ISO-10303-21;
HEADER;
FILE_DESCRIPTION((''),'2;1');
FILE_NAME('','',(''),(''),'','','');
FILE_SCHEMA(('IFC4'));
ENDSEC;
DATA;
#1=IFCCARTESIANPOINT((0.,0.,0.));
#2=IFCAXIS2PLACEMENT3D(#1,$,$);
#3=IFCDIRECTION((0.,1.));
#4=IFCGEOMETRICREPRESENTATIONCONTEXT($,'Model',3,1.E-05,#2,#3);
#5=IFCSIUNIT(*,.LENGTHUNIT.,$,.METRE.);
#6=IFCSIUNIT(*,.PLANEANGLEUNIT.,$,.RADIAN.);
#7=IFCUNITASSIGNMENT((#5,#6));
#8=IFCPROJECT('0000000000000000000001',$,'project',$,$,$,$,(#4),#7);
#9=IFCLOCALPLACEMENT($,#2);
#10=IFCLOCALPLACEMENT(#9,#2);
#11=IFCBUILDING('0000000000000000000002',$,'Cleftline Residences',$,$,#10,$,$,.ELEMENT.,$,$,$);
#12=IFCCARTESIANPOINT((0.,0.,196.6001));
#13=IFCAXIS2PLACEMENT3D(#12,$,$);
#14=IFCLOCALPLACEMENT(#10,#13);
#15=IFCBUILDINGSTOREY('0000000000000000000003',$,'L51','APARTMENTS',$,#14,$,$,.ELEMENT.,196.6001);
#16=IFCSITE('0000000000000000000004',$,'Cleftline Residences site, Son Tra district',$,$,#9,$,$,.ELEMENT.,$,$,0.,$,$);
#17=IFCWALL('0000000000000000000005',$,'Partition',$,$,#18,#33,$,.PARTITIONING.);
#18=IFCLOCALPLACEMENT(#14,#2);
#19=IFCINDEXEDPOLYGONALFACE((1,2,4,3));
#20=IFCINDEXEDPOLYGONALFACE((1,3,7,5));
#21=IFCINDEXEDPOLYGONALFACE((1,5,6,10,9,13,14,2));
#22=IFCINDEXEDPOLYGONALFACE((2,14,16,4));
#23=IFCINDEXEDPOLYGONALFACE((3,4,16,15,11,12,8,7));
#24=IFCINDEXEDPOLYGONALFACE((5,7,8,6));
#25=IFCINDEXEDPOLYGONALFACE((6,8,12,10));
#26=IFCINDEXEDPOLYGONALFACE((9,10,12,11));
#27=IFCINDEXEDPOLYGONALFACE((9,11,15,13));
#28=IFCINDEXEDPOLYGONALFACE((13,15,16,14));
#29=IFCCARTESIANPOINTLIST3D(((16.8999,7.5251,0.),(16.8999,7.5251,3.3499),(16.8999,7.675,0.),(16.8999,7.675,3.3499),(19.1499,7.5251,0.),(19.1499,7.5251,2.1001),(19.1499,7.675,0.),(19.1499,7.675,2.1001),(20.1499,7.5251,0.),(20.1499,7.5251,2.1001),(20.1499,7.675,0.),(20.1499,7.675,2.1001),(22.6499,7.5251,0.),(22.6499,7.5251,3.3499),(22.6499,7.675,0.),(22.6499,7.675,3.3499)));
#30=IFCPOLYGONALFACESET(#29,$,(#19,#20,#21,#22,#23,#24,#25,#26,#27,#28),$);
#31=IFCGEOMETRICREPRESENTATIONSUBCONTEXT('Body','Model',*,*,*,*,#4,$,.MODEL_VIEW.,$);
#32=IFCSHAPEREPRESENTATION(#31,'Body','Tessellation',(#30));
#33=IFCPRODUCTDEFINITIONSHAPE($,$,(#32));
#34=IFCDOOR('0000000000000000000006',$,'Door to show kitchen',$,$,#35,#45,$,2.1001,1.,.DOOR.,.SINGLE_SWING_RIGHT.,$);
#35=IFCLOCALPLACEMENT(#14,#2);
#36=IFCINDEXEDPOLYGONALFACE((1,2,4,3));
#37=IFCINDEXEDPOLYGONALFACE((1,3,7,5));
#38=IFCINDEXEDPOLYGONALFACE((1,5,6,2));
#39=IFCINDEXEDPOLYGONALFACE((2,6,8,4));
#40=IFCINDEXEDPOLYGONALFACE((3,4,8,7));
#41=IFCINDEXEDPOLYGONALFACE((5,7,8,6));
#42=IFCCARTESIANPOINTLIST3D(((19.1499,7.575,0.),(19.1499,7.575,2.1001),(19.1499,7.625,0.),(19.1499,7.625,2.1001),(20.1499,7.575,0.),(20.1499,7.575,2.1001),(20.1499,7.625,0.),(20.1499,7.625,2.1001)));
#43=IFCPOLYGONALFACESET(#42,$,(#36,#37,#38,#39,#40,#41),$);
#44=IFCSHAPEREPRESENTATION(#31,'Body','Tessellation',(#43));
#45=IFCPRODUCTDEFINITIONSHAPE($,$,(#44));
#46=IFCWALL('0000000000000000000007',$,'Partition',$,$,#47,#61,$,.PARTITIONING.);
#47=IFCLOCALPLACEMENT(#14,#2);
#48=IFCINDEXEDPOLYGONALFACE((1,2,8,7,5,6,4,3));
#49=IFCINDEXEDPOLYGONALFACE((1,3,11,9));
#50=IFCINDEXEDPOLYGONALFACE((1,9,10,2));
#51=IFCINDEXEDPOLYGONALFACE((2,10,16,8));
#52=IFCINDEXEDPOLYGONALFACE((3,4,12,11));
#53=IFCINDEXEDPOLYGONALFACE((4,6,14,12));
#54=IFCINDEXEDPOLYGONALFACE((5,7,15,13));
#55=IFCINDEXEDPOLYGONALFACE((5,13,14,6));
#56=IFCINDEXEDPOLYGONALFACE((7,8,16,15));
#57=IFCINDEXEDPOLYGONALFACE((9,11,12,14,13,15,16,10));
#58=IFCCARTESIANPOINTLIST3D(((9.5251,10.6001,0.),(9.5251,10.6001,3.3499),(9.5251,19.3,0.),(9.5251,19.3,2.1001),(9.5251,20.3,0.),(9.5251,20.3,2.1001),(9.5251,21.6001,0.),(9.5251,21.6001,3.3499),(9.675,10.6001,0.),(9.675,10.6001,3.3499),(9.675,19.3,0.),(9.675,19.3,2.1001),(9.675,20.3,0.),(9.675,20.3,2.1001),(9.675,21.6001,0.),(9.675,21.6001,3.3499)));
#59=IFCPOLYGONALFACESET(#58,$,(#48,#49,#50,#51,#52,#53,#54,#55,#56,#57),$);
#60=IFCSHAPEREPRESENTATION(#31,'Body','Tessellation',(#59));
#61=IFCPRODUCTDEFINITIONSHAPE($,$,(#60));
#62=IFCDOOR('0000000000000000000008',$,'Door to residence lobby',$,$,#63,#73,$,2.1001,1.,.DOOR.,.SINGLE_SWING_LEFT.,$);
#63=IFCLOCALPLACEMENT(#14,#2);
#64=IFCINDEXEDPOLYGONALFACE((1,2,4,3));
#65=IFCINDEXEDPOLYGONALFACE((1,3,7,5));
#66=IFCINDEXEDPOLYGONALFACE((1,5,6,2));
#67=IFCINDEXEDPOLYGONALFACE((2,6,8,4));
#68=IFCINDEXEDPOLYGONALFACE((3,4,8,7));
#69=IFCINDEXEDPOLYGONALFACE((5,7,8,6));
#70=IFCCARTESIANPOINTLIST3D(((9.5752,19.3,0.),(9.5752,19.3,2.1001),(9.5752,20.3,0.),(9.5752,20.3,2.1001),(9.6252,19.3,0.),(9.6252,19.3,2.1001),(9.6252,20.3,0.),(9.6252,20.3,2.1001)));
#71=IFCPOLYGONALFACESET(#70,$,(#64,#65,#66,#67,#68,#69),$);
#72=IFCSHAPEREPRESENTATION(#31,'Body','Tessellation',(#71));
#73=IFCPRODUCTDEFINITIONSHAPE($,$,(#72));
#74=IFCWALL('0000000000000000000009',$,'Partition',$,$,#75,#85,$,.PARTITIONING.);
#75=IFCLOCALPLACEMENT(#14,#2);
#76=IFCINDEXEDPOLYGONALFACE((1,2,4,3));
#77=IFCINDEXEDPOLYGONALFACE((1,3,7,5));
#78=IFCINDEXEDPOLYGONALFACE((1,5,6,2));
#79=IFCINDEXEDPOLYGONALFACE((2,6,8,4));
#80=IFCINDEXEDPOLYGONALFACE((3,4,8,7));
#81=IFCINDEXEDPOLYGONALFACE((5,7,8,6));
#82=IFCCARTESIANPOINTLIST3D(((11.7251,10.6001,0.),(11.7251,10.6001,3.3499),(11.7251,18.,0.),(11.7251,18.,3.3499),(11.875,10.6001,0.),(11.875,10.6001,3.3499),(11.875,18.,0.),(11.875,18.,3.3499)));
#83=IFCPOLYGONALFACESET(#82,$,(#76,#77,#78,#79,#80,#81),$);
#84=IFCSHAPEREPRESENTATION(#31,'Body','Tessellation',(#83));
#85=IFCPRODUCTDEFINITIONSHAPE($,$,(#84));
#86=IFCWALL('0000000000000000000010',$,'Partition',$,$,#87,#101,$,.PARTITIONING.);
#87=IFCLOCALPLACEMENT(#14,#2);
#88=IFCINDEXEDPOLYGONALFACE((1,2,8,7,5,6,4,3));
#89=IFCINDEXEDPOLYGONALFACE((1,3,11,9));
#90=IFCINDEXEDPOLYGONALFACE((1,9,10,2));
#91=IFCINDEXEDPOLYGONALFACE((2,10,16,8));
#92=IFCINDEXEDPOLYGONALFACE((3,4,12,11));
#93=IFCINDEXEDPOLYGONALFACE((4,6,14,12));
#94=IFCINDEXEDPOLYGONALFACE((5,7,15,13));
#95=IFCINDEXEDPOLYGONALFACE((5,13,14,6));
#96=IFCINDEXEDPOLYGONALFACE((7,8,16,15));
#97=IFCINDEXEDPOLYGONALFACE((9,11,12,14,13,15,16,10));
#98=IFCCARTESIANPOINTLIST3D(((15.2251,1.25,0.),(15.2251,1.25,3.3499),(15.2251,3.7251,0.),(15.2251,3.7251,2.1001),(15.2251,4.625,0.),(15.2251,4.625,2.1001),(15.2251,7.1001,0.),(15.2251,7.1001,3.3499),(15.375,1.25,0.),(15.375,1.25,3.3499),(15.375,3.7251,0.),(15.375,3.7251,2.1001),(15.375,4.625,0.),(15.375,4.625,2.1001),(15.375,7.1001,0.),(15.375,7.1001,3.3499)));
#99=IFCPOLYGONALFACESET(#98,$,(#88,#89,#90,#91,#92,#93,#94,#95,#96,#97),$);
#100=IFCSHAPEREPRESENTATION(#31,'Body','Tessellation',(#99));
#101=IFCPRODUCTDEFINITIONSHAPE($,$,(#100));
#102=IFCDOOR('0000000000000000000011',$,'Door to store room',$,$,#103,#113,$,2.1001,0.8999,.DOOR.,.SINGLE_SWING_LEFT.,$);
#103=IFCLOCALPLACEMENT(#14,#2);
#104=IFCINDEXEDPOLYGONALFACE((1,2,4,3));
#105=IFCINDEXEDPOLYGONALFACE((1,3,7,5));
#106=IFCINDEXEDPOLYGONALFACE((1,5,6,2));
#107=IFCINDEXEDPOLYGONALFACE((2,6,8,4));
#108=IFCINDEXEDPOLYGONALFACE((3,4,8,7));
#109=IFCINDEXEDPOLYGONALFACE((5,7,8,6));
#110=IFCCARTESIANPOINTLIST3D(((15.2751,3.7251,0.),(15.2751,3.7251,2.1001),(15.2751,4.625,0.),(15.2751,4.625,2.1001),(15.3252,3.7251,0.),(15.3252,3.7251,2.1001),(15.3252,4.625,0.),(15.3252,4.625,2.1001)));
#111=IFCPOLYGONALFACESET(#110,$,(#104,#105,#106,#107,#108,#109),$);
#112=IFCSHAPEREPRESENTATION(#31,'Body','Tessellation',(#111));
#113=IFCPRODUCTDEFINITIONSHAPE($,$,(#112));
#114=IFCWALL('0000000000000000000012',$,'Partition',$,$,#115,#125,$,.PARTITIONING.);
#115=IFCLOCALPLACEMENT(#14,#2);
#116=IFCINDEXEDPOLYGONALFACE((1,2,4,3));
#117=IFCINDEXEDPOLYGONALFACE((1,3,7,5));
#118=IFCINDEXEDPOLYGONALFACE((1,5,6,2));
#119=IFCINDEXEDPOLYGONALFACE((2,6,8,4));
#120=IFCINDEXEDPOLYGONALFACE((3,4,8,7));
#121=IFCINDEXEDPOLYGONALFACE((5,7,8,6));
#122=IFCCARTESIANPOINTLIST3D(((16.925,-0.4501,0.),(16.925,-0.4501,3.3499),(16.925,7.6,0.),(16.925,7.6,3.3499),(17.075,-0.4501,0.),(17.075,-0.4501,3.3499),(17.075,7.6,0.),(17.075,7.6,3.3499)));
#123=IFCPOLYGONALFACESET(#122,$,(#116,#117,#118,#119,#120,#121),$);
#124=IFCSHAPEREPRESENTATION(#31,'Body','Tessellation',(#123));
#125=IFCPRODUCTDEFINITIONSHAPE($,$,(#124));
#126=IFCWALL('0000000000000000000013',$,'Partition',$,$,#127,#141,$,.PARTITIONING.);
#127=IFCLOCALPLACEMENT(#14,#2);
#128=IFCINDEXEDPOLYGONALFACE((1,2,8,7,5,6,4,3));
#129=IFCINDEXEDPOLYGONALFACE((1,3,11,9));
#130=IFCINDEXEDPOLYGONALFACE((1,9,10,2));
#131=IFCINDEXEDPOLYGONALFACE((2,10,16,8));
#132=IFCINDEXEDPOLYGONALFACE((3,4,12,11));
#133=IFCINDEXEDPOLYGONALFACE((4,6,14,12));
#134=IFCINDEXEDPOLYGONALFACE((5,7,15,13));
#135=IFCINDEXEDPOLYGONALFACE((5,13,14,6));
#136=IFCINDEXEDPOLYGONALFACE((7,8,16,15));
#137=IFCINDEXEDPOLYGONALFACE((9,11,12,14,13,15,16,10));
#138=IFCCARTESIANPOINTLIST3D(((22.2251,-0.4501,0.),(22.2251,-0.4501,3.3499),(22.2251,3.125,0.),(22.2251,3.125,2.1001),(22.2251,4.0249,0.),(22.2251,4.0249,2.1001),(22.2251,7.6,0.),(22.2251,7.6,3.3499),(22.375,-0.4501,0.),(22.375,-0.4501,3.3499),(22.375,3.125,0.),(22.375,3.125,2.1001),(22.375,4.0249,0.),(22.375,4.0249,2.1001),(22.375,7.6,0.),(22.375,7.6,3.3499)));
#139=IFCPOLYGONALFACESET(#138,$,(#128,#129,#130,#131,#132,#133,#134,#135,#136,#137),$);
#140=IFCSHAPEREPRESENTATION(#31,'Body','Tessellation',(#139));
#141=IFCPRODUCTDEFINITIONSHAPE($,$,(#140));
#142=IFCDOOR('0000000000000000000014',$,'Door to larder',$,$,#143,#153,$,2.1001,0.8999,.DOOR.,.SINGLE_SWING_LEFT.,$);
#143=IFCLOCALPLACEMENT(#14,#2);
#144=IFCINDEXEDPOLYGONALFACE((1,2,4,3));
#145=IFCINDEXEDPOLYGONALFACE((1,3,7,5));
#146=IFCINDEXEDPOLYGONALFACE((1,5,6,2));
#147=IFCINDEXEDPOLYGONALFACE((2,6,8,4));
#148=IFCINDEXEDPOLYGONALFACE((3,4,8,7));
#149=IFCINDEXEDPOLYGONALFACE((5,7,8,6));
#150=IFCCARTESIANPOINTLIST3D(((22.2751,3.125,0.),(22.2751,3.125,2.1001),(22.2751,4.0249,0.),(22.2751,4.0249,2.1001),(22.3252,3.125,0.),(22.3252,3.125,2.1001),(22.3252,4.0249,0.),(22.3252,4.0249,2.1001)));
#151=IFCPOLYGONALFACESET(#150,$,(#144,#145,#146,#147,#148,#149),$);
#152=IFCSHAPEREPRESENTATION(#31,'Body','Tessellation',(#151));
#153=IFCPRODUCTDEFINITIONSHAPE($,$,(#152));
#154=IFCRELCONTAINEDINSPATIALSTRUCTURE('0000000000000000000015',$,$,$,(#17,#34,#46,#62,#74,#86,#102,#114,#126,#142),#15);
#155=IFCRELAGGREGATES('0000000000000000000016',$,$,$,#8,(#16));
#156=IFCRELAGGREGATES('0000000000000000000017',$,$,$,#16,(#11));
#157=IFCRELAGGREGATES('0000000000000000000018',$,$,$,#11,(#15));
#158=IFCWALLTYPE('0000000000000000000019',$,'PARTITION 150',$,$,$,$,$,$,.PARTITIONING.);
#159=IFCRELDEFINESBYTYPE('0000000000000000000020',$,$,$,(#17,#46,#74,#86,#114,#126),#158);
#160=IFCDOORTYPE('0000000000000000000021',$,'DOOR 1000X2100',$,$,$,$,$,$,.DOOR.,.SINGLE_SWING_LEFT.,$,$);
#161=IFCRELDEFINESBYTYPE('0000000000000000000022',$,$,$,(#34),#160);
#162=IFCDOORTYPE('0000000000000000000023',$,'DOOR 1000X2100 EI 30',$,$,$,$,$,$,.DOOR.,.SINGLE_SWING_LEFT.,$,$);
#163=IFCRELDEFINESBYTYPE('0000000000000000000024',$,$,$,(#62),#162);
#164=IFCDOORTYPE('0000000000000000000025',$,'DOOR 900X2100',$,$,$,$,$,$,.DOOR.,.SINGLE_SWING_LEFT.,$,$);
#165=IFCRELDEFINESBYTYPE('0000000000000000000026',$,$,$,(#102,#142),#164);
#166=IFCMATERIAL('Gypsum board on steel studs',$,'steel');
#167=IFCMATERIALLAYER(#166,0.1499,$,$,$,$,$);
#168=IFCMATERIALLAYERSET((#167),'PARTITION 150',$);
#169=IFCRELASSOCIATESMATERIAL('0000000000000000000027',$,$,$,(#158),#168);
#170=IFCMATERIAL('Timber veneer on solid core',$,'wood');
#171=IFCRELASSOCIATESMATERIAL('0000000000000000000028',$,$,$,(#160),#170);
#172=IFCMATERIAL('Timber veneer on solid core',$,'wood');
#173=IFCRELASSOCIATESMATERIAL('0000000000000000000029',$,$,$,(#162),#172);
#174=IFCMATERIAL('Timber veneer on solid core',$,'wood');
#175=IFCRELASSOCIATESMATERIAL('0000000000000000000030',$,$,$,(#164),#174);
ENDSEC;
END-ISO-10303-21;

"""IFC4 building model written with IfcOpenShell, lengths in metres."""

from ifc_helpers import new_model, si_unit, direction, frame, frame_2d, origin, place, context, subcontext, project, spatial, rectangle, extrude, material, layer, layer_set, type_object, element, fill, save


model = new_model("IFC4")

# Units and contexts
model_context = context("Model", 3, precision=1e-05, world=origin(), true_north=direction((0.0, 1.0)))
body_context = subcontext(model_context, "Body", "Model", "MODEL_VIEW")
ifc_project = project(units=[si_unit("LENGTHUNIT", "METRE"), si_unit("PLANEANGLEUNIT", "RADIAN")], contexts=[model_context])

# Site, building, storey
site_placement = place(None, origin())
site = spatial("IfcSite", under=ifc_project, at=site_placement, Name="Cleftline Residences site, Son Tra district", CompositionType="ELEMENT", RefElevation=0.0)
building_placement = place(site_placement, origin())
building = spatial("IfcBuilding", under=site, at=building_placement, Name="Cleftline Residences", CompositionType="ELEMENT")
storey_placement = place(building_placement, frame((0.0, 0.0, 196.6001)))
storey = spatial("IfcBuildingStorey", under=building, at=storey_placement, Name="L51", Description="APARTMENTS", CompositionType="ELEMENT", Elevation=196.6001)

# Walls, openings, doors
ifc_material_1 = material(Name="Gypsum board on steel studs", Category="steel")
ifc_layer_1 = layer(ifc_material_1, 0.1499)
ifc_layer_set_1 = layer_set([ifc_layer_1], Name="PARTITION 150")
wall_type = type_object("IfcWallType", Name="PARTITION 150", PredefinedType="PARTITIONING", material=ifc_layer_set_1)
ifc_material_2 = material(Name="Timber veneer on solid core", Category="wood")
door_type_1 = type_object("IfcDoorType", Name="DOOR 1000X2100", OperationType="SINGLE_SWING_LEFT", PredefinedType="DOOR", material=ifc_material_2)
wall_1_placement = place(storey_placement, frame((16.8999, 7.6001, 0.0), z_axis=(0.0, 0.0, 1.0), x_axis=(1.0, 0.0, 0.0)))
wall_1 = element("IfcWall", 1, at=wall_1_placement, inside=storey, type_object=wall_type, Name="Partition", PredefinedType="PARTITIONING", context=body_context, shape_type="SweptSolid", body=[
    extrude(rectangle(XDim=5.75, YDim=0.1499, at=frame_2d((2.875, 0.0))), origin(), (0.0, 0.0, 1.0), 3.3499),
])
opening_1_placement = place(wall_1_placement, frame((2.25, 0.0, 0.0)))
opening_1 = element("IfcOpeningElement", 2, at=opening_1_placement, cuts=wall_1, PredefinedType="OPENING", context=body_context, shape_type="SweptSolid", body=[
    extrude(rectangle(XDim=1.0, YDim=2.1001, at=frame_2d((0.5, 1.05))), frame((0.0, 0.085, 0.0), z_axis=(0.0, -1.0, 0.0), x_axis=(1.0, 0.0, 0.0)), (0.0, 0.0, 1.0), 0.1699),
])
door_1_placement = place(opening_1_placement, origin())
door_1 = element("IfcDoor", 3, at=door_1_placement, inside=storey, type_object=door_type_1, Name="Door to show kitchen", OperationType="SINGLE_SWING_RIGHT", OverallHeight=2.1001, OverallWidth=1.0, PredefinedType="DOOR", context=body_context, shape_type="SweptSolid", body=[
    extrude(rectangle(XDim=1.0, YDim=2.1001, at=frame_2d((0.5, 1.05))), frame((0.0, 0.0249, 0.0), z_axis=(0.0, -1.0, 0.0), x_axis=(1.0, 0.0, 0.0)), (0.0, 0.0, 1.0), 0.05),
])
fill(opening_1, door_1)
wall_2_placement = place(storey_placement, frame((9.6001, 10.6001, 0.0), z_axis=(0.0, 0.0, 1.0), x_axis=(0.0, 1.0, 0.0)))
wall_2 = element("IfcWall", 4, at=wall_2_placement, inside=storey, type_object=wall_type, Name="Partition", PredefinedType="PARTITIONING", context=body_context, shape_type="SweptSolid", body=[
    extrude(rectangle(XDim=11.0, YDim=0.1499, at=frame_2d((5.5, 0.0))), origin(), (0.0, 0.0, 1.0), 3.3499),
])
opening_2_placement = place(wall_2_placement, frame((8.7, 0.0, 0.0)))
opening_2 = element("IfcOpeningElement", 5, at=opening_2_placement, cuts=wall_2, PredefinedType="OPENING", context=body_context, shape_type="SweptSolid", body=[
    extrude(rectangle(XDim=1.0, YDim=2.1001, at=frame_2d((0.5, 1.05))), frame((0.0, 0.085, 0.0), z_axis=(0.0, -1.0, 0.0), x_axis=(1.0, 0.0, 0.0)), (0.0, 0.0, 1.0), 0.1699),
])
ifc_material_3 = material(Name="Timber veneer on solid core", Category="wood")
door_type_2 = type_object("IfcDoorType", Name="DOOR 1000X2100 EI 30", OperationType="SINGLE_SWING_LEFT", PredefinedType="DOOR", material=ifc_material_3)
door_2_placement = place(opening_2_placement, origin())
door_2 = element("IfcDoor", 6, at=door_2_placement, inside=storey, type_object=door_type_2, Name="Door to residence lobby", OperationType="SINGLE_SWING_LEFT", OverallHeight=2.1001, OverallWidth=1.0, PredefinedType="DOOR", context=body_context, shape_type="SweptSolid", body=[
    extrude(rectangle(XDim=1.0, YDim=2.1001, at=frame_2d((0.5, 1.05))), frame((0.0, 0.0249, 0.0), z_axis=(0.0, -1.0, 0.0), x_axis=(1.0, 0.0, 0.0)), (0.0, 0.0, 1.0), 0.05),
])
fill(opening_2, door_2)

# Wall
wall_3_placement = place(storey_placement, frame((11.8, 10.6001, 0.0), z_axis=(0.0, 0.0, 1.0), x_axis=(0.0, 1.0, 0.0)))
element("IfcWall", 7, at=wall_3_placement, inside=storey, type_object=wall_type, Name="Partition", PredefinedType="PARTITIONING", context=body_context, shape_type="SweptSolid", body=[
    extrude(rectangle(XDim=7.3999, YDim=0.1499, at=frame_2d((3.7, 0.0))), origin(), (0.0, 0.0, 1.0), 3.3499),
])

# Wall, opening, door
wall_4_placement = place(storey_placement, frame((15.3, 1.25, 0.0), z_axis=(0.0, 0.0, 1.0), x_axis=(0.0, 1.0, 0.0)))
wall_4 = element("IfcWall", 8, at=wall_4_placement, inside=storey, type_object=wall_type, Name="Partition", PredefinedType="PARTITIONING", context=body_context, shape_type="SweptSolid", body=[
    extrude(rectangle(XDim=5.8501, YDim=0.1499, at=frame_2d((2.925, 0.0))), origin(), (0.0, 0.0, 1.0), 3.3499),
])
opening_3_placement = place(wall_4_placement, frame((2.4751, 0.0, 0.0)))
opening_3 = element("IfcOpeningElement", 9, at=opening_3_placement, cuts=wall_4, PredefinedType="OPENING", context=body_context, shape_type="SweptSolid", body=[
    extrude(rectangle(XDim=0.8999, YDim=2.1001, at=frame_2d((0.45, 1.05))), frame((0.0, 0.085, 0.0), z_axis=(0.0, -1.0, 0.0), x_axis=(1.0, 0.0, 0.0)), (0.0, 0.0, 1.0), 0.1699),
])
ifc_material_4 = material(Name="Timber veneer on solid core", Category="wood")
door_type_3 = type_object("IfcDoorType", Name="DOOR 900X2100", OperationType="SINGLE_SWING_LEFT", PredefinedType="DOOR", material=ifc_material_4)
door_3_placement = place(opening_3_placement, origin())
door_3 = element("IfcDoor", 10, at=door_3_placement, inside=storey, type_object=door_type_3, Name="Door to store room", OperationType="SINGLE_SWING_LEFT", OverallHeight=2.1001, OverallWidth=0.8999, PredefinedType="DOOR", context=body_context, shape_type="SweptSolid", body=[
    extrude(rectangle(XDim=0.8999, YDim=2.1001, at=frame_2d((0.45, 1.05))), frame((0.0, 0.0249, 0.0), z_axis=(0.0, -1.0, 0.0), x_axis=(1.0, 0.0, 0.0)), (0.0, 0.0, 1.0), 0.05),
])
fill(opening_3, door_3)

# Wall
wall_5_placement = place(storey_placement, frame((17.0, -0.45, 0.0), z_axis=(0.0, 0.0, 1.0), x_axis=(0.0, 1.0, 0.0)))
element("IfcWall", 11, at=wall_5_placement, inside=storey, type_object=wall_type, Name="Partition", PredefinedType="PARTITIONING", context=body_context, shape_type="SweptSolid", body=[
    extrude(rectangle(XDim=8.05, YDim=0.1499, at=frame_2d((4.0249, 0.0))), origin(), (0.0, 0.0, 1.0), 3.3499),
])

# Wall, opening, door
wall_6_placement = place(storey_placement, frame((22.3, -0.45, 0.0), z_axis=(0.0, 0.0, 1.0), x_axis=(0.0, 1.0, 0.0)))
wall_6 = element("IfcWall", 12, at=wall_6_placement, inside=storey, type_object=wall_type, Name="Partition", PredefinedType="PARTITIONING", context=body_context, shape_type="SweptSolid", body=[
    extrude(rectangle(XDim=8.05, YDim=0.1499, at=frame_2d((4.0249, 0.0))), origin(), (0.0, 0.0, 1.0), 3.3499),
])
opening_4_placement = place(wall_6_placement, frame((3.575, 0.0, 0.0)))
opening_4 = element("IfcOpeningElement", 13, at=opening_4_placement, cuts=wall_6, PredefinedType="OPENING", context=body_context, shape_type="SweptSolid", body=[
    extrude(rectangle(XDim=0.8999, YDim=2.1001, at=frame_2d((0.45, 1.05))), frame((0.0, 0.085, 0.0), z_axis=(0.0, -1.0, 0.0), x_axis=(1.0, 0.0, 0.0)), (0.0, 0.0, 1.0), 0.1699),
])
door_4_placement = place(opening_4_placement, origin())
door_4 = element("IfcDoor", 14, at=door_4_placement, inside=storey, type_object=door_type_3, Name="Door to larder", OperationType="SINGLE_SWING_LEFT", OverallHeight=2.1001, OverallWidth=0.8999, PredefinedType="DOOR", context=body_context, shape_type="SweptSolid", body=[
    extrude(rectangle(XDim=0.8999, YDim=2.1001, at=frame_2d((0.45, 1.05))), frame((0.0, 0.0249, 0.0), z_axis=(0.0, -1.0, 0.0), x_axis=(1.0, 0.0, 0.0)), (0.0, 0.0, 1.0), 0.05),
])
fill(opening_4, door_4)

save(model, "model.ifc")
